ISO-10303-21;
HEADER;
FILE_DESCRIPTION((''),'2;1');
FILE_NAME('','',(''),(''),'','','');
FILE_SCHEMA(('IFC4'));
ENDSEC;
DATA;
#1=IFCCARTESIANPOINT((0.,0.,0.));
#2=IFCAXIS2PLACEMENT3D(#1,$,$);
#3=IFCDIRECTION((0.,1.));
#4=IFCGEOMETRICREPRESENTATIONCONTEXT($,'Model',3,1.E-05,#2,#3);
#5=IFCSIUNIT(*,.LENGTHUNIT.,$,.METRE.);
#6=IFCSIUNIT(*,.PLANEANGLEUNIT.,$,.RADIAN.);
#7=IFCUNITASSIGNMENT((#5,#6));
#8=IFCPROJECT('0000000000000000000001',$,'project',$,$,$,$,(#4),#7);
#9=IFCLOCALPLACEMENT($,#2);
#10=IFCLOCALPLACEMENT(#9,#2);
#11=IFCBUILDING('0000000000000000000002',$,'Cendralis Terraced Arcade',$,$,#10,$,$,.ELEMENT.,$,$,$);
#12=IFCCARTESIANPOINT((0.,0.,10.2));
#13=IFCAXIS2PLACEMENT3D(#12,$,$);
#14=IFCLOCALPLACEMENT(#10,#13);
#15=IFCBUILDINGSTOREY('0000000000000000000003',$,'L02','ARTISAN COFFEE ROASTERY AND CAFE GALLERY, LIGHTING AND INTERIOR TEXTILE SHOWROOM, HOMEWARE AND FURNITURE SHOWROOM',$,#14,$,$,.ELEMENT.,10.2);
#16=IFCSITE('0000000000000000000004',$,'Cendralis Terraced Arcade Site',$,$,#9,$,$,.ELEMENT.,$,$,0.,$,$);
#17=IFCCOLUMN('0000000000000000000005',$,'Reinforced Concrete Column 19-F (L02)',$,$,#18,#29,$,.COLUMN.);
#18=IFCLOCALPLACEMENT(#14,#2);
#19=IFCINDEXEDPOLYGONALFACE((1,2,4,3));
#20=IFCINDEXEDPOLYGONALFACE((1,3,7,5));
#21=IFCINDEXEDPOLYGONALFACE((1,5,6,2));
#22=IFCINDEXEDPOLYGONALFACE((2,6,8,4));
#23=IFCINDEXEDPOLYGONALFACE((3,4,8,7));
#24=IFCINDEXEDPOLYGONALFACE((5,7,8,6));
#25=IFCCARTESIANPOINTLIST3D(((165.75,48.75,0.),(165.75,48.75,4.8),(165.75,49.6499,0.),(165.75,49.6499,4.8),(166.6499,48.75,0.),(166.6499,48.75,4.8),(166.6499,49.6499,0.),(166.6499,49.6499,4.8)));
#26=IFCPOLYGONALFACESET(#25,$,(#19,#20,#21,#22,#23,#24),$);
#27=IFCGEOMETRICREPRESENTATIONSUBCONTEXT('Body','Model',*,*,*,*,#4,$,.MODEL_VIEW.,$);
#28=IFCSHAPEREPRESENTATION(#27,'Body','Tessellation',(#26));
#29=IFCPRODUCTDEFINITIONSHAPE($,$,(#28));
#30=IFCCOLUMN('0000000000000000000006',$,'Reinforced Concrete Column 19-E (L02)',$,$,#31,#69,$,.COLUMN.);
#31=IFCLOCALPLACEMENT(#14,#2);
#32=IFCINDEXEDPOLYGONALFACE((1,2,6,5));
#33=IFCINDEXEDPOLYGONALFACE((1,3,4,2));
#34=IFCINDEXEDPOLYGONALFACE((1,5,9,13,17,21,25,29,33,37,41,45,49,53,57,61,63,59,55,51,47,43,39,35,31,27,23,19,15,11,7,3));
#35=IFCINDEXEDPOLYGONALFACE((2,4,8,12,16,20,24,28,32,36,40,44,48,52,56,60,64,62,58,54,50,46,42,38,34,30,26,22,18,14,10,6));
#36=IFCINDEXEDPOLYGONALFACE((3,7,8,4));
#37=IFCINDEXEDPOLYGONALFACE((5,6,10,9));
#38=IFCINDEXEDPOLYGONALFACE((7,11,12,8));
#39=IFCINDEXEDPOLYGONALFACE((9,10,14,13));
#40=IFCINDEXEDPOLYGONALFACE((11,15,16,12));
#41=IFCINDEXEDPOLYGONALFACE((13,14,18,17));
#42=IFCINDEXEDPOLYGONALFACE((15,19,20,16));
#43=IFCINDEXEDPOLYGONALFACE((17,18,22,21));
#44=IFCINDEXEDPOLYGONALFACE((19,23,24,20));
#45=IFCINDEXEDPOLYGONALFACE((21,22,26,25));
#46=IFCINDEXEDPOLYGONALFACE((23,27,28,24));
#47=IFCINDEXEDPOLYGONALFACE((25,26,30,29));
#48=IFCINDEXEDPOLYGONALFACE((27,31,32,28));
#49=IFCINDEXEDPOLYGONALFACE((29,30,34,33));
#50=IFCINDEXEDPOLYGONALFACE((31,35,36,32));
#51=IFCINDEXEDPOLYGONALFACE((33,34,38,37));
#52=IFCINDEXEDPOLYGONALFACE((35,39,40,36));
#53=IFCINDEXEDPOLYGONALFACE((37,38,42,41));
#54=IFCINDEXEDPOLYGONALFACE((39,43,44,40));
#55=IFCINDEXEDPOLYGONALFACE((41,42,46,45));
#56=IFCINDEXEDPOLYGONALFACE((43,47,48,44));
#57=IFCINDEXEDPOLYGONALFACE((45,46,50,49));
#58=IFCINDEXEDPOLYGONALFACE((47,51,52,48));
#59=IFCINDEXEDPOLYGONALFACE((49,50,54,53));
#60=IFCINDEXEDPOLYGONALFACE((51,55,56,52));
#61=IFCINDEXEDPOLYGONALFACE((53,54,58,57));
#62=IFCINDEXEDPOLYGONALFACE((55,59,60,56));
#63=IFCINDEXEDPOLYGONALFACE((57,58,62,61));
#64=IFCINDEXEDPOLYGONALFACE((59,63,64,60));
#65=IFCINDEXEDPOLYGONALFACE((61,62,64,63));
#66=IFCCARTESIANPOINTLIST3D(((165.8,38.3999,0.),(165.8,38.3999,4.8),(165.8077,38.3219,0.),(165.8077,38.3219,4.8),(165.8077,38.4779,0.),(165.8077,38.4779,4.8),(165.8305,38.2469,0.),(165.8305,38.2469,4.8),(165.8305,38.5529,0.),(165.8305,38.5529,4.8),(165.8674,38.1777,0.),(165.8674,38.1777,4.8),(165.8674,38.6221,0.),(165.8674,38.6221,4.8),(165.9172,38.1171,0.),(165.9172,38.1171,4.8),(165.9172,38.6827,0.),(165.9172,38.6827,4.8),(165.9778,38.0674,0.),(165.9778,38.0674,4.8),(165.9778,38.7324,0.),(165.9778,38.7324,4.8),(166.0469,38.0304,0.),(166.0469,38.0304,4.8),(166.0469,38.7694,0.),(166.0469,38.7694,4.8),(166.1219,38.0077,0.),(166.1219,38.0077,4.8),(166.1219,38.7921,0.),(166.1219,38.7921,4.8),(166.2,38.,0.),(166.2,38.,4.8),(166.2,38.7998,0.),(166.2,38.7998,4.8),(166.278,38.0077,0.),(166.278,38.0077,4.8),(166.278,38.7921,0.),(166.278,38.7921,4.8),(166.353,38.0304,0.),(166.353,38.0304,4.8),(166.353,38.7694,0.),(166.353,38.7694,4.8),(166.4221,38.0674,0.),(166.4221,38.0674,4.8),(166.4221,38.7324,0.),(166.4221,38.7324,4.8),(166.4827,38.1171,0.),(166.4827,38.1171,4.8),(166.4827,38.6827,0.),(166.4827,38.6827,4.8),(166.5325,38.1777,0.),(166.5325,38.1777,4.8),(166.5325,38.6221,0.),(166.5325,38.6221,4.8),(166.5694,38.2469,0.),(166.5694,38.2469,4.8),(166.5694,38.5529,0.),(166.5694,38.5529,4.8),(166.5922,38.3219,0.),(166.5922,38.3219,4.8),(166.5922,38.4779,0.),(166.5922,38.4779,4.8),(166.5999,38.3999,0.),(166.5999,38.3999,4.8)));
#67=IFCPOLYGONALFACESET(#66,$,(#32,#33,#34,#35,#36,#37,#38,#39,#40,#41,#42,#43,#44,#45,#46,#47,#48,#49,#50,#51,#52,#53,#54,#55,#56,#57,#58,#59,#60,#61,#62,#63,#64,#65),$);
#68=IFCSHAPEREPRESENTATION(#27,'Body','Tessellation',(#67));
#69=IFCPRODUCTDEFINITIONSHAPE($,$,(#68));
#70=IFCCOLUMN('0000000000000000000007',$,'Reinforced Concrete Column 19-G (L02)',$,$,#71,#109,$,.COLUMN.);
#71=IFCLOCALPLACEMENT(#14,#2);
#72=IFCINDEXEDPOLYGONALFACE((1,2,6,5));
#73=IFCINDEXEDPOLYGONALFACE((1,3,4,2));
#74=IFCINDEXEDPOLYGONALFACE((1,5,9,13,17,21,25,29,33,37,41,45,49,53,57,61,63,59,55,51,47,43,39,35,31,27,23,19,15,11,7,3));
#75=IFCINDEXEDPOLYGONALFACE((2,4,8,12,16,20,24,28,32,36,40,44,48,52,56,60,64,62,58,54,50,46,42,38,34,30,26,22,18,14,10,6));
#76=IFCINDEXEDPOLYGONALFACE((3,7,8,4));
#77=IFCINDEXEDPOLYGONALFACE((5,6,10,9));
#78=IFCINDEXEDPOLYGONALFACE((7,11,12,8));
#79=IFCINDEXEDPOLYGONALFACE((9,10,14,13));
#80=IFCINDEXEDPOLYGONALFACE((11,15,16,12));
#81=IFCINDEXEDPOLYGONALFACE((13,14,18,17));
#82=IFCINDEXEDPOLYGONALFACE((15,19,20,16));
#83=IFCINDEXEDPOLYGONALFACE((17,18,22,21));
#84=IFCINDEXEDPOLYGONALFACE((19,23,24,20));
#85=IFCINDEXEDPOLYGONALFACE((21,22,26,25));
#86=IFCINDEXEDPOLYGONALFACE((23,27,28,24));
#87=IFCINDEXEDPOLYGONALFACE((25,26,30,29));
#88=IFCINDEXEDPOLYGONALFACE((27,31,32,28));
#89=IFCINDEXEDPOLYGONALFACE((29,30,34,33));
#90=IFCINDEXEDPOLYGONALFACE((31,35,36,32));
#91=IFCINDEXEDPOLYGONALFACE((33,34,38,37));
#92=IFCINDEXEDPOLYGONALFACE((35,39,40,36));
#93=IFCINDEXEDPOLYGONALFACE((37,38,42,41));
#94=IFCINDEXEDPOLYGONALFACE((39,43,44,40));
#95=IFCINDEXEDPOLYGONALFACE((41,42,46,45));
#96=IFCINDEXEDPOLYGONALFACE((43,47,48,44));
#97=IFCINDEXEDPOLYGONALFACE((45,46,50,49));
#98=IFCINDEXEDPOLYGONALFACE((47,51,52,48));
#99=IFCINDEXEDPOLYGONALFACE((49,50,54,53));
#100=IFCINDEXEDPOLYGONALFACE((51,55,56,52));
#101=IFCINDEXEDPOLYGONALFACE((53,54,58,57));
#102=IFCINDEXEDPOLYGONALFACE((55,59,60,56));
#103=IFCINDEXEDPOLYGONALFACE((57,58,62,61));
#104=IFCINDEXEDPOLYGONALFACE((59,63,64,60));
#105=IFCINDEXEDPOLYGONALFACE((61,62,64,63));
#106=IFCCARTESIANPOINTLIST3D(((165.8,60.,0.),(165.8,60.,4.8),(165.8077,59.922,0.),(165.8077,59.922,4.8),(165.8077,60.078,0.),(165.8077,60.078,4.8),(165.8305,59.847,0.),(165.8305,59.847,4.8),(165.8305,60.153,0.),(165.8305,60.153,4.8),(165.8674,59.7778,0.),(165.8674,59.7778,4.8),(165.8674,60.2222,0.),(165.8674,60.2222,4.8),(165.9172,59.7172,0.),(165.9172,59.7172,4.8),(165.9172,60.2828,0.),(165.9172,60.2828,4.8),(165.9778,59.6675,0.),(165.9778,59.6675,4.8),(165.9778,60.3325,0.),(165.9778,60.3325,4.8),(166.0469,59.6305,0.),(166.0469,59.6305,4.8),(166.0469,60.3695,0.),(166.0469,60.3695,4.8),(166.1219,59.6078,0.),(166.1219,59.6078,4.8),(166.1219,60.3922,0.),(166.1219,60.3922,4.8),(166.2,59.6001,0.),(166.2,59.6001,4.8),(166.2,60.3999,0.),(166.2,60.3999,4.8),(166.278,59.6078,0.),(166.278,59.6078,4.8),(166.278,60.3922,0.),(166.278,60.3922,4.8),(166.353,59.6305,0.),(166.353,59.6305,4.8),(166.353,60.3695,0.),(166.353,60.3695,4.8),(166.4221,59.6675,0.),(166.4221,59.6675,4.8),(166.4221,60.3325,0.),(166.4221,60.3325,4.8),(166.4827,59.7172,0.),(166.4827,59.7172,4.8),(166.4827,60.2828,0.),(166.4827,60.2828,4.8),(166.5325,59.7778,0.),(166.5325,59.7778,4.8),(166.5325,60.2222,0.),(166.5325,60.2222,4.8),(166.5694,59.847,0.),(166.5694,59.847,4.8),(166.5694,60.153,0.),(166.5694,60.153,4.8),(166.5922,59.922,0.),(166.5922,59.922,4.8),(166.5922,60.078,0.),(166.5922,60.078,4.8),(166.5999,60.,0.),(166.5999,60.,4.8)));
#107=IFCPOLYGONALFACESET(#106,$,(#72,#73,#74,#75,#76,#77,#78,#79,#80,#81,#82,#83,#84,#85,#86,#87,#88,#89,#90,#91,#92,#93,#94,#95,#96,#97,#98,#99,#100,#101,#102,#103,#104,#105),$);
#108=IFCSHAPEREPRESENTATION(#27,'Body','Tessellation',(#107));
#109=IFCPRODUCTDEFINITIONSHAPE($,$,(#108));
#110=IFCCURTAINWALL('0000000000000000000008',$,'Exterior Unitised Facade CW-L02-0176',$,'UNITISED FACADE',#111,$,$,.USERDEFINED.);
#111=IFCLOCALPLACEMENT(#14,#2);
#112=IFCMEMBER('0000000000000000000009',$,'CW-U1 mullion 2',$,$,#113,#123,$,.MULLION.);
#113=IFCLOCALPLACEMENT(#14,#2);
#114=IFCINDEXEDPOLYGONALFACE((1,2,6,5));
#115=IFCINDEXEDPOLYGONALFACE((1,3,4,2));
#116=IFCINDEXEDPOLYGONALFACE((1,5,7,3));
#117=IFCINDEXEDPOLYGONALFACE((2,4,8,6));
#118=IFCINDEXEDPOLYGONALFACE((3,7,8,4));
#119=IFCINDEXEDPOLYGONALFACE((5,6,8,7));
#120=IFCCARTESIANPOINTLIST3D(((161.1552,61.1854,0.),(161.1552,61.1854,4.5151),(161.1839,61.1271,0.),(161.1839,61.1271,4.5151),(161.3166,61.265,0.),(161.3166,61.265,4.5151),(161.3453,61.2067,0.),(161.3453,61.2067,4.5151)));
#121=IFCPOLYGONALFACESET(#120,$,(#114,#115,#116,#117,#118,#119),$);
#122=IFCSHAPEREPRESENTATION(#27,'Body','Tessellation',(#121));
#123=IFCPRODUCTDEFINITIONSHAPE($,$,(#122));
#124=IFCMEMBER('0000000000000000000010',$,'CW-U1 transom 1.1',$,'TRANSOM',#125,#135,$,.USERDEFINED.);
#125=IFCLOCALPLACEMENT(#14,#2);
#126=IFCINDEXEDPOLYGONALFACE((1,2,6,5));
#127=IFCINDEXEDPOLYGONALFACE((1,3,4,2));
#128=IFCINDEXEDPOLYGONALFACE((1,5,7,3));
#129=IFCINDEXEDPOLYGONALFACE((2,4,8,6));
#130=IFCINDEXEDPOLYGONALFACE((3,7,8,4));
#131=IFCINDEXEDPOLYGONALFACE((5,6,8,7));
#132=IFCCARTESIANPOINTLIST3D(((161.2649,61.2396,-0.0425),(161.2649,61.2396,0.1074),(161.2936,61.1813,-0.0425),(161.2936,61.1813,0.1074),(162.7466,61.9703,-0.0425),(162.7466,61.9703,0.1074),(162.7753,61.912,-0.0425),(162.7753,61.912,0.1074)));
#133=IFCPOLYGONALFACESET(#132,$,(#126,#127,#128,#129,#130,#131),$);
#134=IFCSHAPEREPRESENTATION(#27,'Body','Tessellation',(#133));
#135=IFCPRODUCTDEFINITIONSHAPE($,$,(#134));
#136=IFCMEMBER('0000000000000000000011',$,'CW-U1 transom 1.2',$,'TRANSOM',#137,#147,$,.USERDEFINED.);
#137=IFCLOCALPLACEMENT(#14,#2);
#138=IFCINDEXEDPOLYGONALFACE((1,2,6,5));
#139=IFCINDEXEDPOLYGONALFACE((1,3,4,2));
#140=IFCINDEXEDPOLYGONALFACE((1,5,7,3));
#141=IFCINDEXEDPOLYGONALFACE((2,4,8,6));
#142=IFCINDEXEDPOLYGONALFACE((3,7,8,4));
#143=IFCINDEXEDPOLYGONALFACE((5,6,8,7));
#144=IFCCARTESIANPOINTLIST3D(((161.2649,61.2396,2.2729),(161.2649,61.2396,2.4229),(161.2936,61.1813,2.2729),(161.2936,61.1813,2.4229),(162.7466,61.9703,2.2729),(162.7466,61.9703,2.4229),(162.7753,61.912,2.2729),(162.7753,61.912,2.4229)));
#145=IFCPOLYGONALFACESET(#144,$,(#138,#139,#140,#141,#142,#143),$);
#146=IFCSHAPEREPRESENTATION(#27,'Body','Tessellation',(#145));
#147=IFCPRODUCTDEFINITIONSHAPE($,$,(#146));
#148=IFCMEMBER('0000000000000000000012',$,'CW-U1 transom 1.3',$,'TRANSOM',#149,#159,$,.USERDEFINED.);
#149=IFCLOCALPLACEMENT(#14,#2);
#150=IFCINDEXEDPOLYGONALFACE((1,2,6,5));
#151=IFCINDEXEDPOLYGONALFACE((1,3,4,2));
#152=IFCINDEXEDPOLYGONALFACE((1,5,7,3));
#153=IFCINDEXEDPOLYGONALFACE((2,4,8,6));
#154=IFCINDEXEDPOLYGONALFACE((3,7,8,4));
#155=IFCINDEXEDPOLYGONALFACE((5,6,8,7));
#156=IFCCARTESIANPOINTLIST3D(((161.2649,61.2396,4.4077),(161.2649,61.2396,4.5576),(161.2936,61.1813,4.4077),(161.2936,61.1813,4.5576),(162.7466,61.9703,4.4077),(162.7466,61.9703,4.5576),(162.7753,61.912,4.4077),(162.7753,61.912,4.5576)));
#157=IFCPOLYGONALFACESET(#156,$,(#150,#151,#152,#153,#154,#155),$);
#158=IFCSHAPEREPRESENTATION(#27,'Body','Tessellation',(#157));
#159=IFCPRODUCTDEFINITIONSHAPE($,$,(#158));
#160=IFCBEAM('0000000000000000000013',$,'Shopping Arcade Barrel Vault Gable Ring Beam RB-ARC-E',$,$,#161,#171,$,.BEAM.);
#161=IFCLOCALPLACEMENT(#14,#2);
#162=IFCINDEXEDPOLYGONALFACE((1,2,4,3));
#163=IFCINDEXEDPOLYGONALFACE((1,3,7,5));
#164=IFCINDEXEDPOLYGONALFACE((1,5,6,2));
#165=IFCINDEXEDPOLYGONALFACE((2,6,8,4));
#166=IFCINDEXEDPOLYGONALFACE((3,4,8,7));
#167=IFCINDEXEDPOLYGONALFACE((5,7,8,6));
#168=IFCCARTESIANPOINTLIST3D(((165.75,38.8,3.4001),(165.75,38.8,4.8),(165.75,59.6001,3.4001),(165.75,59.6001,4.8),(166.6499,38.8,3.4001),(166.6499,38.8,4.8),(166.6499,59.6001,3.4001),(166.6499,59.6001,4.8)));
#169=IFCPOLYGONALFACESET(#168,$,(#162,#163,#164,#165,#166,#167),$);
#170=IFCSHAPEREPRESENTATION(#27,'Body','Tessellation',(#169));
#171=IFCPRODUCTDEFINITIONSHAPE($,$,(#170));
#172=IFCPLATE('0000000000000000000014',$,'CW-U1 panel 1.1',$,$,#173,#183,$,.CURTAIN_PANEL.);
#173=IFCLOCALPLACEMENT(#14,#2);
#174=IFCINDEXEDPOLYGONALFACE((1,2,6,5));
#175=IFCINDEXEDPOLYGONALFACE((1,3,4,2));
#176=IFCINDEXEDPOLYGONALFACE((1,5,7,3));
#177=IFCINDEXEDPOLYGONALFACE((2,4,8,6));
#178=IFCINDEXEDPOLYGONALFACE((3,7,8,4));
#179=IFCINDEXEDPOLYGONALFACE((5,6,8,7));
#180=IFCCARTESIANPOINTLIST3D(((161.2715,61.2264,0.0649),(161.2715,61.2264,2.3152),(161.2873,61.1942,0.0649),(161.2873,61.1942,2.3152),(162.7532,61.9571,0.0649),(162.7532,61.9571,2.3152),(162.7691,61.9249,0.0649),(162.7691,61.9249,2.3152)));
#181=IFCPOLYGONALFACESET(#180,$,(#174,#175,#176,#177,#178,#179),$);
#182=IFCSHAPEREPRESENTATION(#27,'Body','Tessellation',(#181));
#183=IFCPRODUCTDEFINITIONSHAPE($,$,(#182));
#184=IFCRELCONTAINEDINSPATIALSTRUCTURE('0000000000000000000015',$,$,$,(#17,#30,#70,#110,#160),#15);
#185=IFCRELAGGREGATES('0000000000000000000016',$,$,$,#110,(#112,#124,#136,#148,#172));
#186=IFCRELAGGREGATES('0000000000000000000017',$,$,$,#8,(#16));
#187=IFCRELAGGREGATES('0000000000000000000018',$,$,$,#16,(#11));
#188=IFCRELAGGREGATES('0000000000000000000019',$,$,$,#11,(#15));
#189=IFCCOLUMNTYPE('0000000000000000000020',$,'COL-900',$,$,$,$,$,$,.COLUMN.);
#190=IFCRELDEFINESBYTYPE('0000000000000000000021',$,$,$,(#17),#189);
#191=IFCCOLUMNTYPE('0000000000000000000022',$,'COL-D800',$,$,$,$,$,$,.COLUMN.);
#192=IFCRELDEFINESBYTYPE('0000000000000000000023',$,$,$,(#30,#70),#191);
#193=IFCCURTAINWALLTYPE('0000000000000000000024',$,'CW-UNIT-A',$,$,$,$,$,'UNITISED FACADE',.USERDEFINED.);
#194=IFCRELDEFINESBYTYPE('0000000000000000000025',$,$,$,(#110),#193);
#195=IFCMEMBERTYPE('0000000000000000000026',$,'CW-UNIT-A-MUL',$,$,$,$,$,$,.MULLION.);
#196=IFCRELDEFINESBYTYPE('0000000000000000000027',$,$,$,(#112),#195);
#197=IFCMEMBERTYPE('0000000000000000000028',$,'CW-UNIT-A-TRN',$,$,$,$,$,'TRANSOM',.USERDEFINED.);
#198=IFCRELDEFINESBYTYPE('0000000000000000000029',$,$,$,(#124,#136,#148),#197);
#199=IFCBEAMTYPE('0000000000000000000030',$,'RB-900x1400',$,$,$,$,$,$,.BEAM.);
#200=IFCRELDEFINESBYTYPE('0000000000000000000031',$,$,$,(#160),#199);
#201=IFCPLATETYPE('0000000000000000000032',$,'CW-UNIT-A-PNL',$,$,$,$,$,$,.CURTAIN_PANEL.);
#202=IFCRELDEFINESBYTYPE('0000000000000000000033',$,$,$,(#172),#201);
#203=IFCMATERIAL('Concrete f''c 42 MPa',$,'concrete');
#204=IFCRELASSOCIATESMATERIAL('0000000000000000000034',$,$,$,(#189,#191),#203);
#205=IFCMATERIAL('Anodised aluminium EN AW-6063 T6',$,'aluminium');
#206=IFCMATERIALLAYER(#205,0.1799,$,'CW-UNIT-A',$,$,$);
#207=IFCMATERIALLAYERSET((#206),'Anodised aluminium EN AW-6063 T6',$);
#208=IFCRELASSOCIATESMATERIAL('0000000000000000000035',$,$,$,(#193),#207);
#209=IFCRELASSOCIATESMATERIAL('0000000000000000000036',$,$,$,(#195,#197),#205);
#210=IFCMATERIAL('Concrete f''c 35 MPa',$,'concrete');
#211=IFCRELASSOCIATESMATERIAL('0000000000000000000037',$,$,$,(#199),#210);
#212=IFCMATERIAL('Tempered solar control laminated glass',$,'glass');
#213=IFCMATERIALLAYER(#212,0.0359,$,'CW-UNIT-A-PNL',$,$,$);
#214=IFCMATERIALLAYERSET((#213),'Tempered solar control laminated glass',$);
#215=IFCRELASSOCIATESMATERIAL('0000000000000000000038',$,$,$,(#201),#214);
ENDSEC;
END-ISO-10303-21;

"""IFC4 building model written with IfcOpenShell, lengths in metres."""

from ifc_helpers import new_model, si_unit, direction, frame, origin, origin_2d, place, context, subcontext, project, spatial, rectangle, circle, extrude, material, layer, layer_set, material_profile, profile_set, type_object, element, aggregate, save


model = new_model("IFC4")

# Units and contexts
model_context = context("Model", 3, precision=1e-05, world=origin(), true_north=direction((0.0, 1.0)))
body_context = subcontext(model_context, "Body", "Model", "MODEL_VIEW")
ifc_project = project(units=[si_unit("LENGTHUNIT", "METRE"), si_unit("PLANEANGLEUNIT", "RADIAN")], contexts=[model_context])

# Site, building, storey
site_placement = place(None, origin())
site = spatial("IfcSite", under=ifc_project, at=site_placement, Name="Cendralis Terraced Arcade Site", CompositionType="ELEMENT", RefElevation=0.0)
building_placement = place(site_placement, origin())
building = spatial("IfcBuilding", under=site, at=building_placement, Name="Cendralis Terraced Arcade", CompositionType="ELEMENT")
storey_placement = place(building_placement, frame((0.0, 0.0, 10.2)))
storey = spatial("IfcBuildingStorey", under=building, at=storey_placement, Name="L02", Description="ARTISAN COFFEE ROASTERY AND CAFE GALLERY, LIGHTING AND INTERIOR TEXTILE SHOWROOM, HOMEWARE AND FURNITURE SHOWROOM", CompositionType="ELEMENT", Elevation=10.2)

# Columns
ifc_material_1 = material(Name="Concrete f'c 42 MPa", Category="concrete")
ifc_material_profile_1 = material_profile(ifc_material_1, rectangle(XDim=0.8999, YDim=0.8999, at=origin_2d()), Name="RC-COL-900x900", Category="LoadBearing")
ifc_profile_set_1 = profile_set([ifc_material_profile_1], Name="Concrete f'c 42 MPa")
column_type_1 = type_object("IfcColumnType", Name="COL-900", PredefinedType="COLUMN", material=ifc_profile_set_1)
column_placement = place(storey_placement, frame((166.2, 49.2, 0.0), z_axis=(0.0, 0.0, 1.0), x_axis=(1.0, 0.0, 0.0)))
element("IfcColumn", 1, at=column_placement, inside=storey, type_object=column_type_1, Name="Reinforced Concrete Column 19-F (L02)", PredefinedType="COLUMN", context=body_context, shape_type="SweptSolid", body=[
    extrude(rectangle(XDim=0.8999, YDim=0.8999, at=origin_2d()), origin(), (0.0, 0.0, 1.0), 4.8),
])
ifc_material_profile_2 = material_profile(ifc_material_1, circle(Radius=0.3999, at=origin_2d()), Name="RC-COL-D800", Category="LoadBearing")
ifc_profile_set_2 = profile_set([ifc_material_profile_2], Name="Concrete f'c 42 MPa")
column_type_2 = type_object("IfcColumnType", Name="COL-D800", PredefinedType="COLUMN", material=ifc_profile_set_2)
for number, where, z_axis, x_axis, name in (
    (2, (166.2, 38.3999, 0.0), (0.0, 0.0, 1.0), (1.0, 0.0, 0.0), "Reinforced Concrete Column 19-E (L02)"),
    (3, (166.2, 60.0, 0.0), (0.0, 0.0, 1.0), (1.0, 0.0, 0.0), "Reinforced Concrete Column 19-G (L02)"),
):
    element("IfcColumn", number, at=place(storey_placement, frame(where, z_axis=z_axis, x_axis=x_axis)), inside=storey, type_object=column_type_2, Name=name, PredefinedType="COLUMN", context=body_context, shape_type="SweptSolid", body=[
        extrude(circle(Radius=0.3999, at=origin_2d()), origin(), (0.0, 0.0, 1.0), 4.8),
    ])

# Curtain wall, members
ifc_material_2 = material(Name="Anodised aluminium EN AW-6063 T6", Category="aluminium")
ifc_layer_1 = layer(ifc_material_2, 0.1799, Name="CW-UNIT-A")
ifc_layer_set_1 = layer_set([ifc_layer_1], Name="Anodised aluminium EN AW-6063 T6")
curtain_wall_type = type_object("IfcCurtainWallType", Name="CW-UNIT-A", ElementType="UNITISED FACADE", PredefinedType="USERDEFINED", material=ifc_layer_set_1)
curtain_wall_placement = place(storey_placement, origin())
curtain_wall = element("IfcCurtainWall", 4, at=curtain_wall_placement, inside=storey, type_object=curtain_wall_type, Name="Exterior Unitised Facade CW-L02-0176", ObjectType="UNITISED FACADE", PredefinedType="USERDEFINED")
ifc_material_profile_3 = material_profile(ifc_material_2, rectangle(XDim=0.0649, YDim=0.1799, at=origin_2d()), Name="ALU-MUL-65x180")
ifc_profile_set_3 = profile_set([ifc_material_profile_3], Name="Anodised aluminium EN AW-6063 T6")
member_type_1 = type_object("IfcMemberType", Name="CW-UNIT-A-MUL", PredefinedType="MULLION", material=ifc_profile_set_3)
member_1_placement = place(storey_placement, frame((161.2502, 61.196, 0.0), z_axis=(0.0, 0.0, 1.0), x_axis=(0.442291, -0.896871, 0.0)))
member_1 = element("IfcMember", 5, at=member_1_placement, type_object=member_type_1, Name="CW-U1 mullion 2", PredefinedType="MULLION", context=body_context, shape_type="SweptSolid", body=[
    extrude(rectangle(XDim=0.0649, YDim=0.1799, at=origin_2d()), origin(), (0.0, 0.0, 1.0), 4.5151),
])
ifc_material_profile_4 = material_profile(ifc_material_2, rectangle(XDim=0.0649, YDim=0.1499, at=origin_2d()), Name="ALU-TRN-65x150")
ifc_profile_set_4 = profile_set([ifc_material_profile_4], Name="Anodised aluminium EN AW-6063 T6")
member_type_2 = type_object("IfcMemberType", Name="CW-UNIT-A-TRN", ElementType="TRANSOM", PredefinedType="USERDEFINED", material=ifc_profile_set_4)
member_2_placement = place(storey_placement, frame((162.761, 61.9412, 0.0325), z_axis=(-0.896867, -0.442301, 0.0), x_axis=(0.442301, -0.896867, 0.0)))
member_2 = element("IfcMember", 6, at=member_2_placement, type_object=member_type_2, Name="CW-U1 transom 1.1", ObjectType="TRANSOM", PredefinedType="USERDEFINED", context=body_context, shape_type="SweptSolid", body=[
    extrude(rectangle(XDim=0.0649, YDim=0.1499, at=origin_2d()), origin(), (0.0, 0.0, 1.0), 1.6521),
])
member_3_placement = place(storey_placement, frame((162.761, 61.9412, 2.3479), z_axis=(-0.896867, -0.442301, 0.0), x_axis=(0.442301, -0.896867, 0.0)))
member_3 = element("IfcMember", 7, at=member_3_placement, type_object=member_type_2, Name="CW-U1 transom 1.2", ObjectType="TRANSOM", PredefinedType="USERDEFINED", context=body_context, shape_type="SweptSolid", body=[
    extrude(rectangle(XDim=0.0649, YDim=0.1499, at=origin_2d()), origin(), (0.0, 0.0, 1.0), 1.6521),
])
member_4_placement = place(storey_placement, frame((162.761, 61.9412, 4.4827), z_axis=(-0.896867, -0.442301, 0.0), x_axis=(0.442301, -0.896867, 0.0)))
member_4 = element("IfcMember", 8, at=member_4_placement, type_object=member_type_2, Name="CW-U1 transom 1.3", ObjectType="TRANSOM", PredefinedType="USERDEFINED", context=body_context, shape_type="SweptSolid", body=[
    extrude(rectangle(XDim=0.0649, YDim=0.1499, at=origin_2d()), origin(), (0.0, 0.0, 1.0), 1.6521),
])

# Beam
ifc_material_3 = material(Name="Concrete f'c 35 MPa", Category="concrete")
ifc_material_profile_5 = material_profile(ifc_material_3, rectangle(XDim=0.8999, YDim=1.3999, at=origin_2d()), Name="RC-RB-900x1400", Category="LoadBearing")
ifc_profile_set_5 = profile_set([ifc_material_profile_5], Name="Concrete f'c 35 MPa")
beam_type = type_object("IfcBeamType", Name="RB-900x1400", PredefinedType="BEAM", material=ifc_profile_set_5)
beam_placement = place(storey_placement, frame((166.2, 38.8, 4.1001), z_axis=(0.0, 1.0, 0.0), x_axis=(-1.0, 0.0, 0.0)))
element("IfcBeam", 9, at=beam_placement, inside=storey, type_object=beam_type, Name="Shopping Arcade Barrel Vault Gable Ring Beam RB-ARC-E", PredefinedType="BEAM", context=body_context, shape_type="SweptSolid", body=[
    extrude(rectangle(XDim=0.8999, YDim=1.3999, at=origin_2d()), origin(), (0.0, 0.0, 1.0), 20.8),
])

# Plate
ifc_material_4 = material(Name="Tempered solar control laminated glass", Category="glass")
ifc_layer_2 = layer(ifc_material_4, 0.0359, Name="CW-UNIT-A-PNL")
ifc_layer_set_2 = layer_set([ifc_layer_2], Name="Tempered solar control laminated glass")
plate_type_1 = type_object("IfcPlateType", Name="CW-UNIT-A-PNL", PredefinedType="CURTAIN_PANEL", material=ifc_layer_set_2)
plate_1_placement = place(storey_placement, frame((162.0203, 61.5757, 0.0649), z_axis=(0.0, 0.0, 1.0), x_axis=(-0.896871, -0.442291, 0.0)))
plate_1 = element("IfcPlate", 10, at=plate_1_placement, type_object=plate_type_1, Name="CW-U1 panel 1.1", PredefinedType="CURTAIN_PANEL", context=body_context, shape_type="SweptSolid", body=[
    extrude(rectangle(XDim=1.6521, YDim=0.0359, at=origin_2d()), origin(), (0.0, 0.0, 1.0), 2.2502),
])
aggregate(curtain_wall, [member_1, member_2, member_3, member_4, plate_1])

save(model, "model.ifc")
